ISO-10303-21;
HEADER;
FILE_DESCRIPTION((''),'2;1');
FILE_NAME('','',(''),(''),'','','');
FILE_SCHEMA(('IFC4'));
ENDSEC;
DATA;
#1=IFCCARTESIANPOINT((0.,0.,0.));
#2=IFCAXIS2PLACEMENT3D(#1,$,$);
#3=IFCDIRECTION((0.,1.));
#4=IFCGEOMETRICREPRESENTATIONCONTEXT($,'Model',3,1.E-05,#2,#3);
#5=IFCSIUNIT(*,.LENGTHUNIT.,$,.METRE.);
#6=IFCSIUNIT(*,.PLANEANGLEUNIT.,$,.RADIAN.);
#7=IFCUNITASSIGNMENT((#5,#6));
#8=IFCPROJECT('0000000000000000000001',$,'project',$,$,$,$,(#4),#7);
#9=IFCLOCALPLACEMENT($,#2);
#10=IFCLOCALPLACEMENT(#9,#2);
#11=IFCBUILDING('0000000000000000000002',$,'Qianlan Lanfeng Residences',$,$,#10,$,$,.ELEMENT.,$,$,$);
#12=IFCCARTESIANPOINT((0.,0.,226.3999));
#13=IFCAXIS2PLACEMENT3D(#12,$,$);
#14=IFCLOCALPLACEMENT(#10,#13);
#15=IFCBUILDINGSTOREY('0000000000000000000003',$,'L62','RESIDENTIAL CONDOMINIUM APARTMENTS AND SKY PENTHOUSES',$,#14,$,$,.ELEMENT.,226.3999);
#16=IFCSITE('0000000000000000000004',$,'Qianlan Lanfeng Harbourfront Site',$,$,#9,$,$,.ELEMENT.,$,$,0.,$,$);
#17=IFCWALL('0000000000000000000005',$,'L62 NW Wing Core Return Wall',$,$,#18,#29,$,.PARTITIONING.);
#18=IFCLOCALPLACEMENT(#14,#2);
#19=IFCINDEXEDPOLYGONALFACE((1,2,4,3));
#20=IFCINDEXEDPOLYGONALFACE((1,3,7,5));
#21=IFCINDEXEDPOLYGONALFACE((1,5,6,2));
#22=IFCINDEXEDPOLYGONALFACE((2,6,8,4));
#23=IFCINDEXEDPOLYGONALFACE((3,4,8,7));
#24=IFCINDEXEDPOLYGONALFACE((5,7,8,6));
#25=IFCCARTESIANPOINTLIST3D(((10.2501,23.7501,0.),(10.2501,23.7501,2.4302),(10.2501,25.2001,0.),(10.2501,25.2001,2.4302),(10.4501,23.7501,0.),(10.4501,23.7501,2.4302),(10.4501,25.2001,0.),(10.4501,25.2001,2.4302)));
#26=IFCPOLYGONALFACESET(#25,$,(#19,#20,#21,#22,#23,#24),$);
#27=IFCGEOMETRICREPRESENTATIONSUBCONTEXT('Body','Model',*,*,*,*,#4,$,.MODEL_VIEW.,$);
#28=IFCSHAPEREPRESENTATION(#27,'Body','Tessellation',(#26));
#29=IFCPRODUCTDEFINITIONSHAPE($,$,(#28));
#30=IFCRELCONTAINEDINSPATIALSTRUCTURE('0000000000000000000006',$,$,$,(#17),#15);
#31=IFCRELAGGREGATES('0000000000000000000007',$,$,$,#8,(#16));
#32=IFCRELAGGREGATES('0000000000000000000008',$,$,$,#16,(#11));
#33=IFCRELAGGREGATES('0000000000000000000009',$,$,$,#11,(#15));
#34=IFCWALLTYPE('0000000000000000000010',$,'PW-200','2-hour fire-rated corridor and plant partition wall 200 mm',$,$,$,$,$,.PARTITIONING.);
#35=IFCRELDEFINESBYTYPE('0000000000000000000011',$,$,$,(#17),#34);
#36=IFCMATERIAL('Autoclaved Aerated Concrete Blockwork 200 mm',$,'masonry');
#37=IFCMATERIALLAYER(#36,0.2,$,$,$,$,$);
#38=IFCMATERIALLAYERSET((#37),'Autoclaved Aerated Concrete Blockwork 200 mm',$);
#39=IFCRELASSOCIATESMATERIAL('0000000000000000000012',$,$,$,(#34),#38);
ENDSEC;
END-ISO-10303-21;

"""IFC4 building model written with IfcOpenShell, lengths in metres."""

from ifc_helpers import new_model, si_unit, direction, frame, frame_2d, origin, place, context, subcontext, project, spatial, rectangle, extrude, material, layer, layer_set, type_object, element, save


model = new_model("IFC4")

# Units and contexts
model_context = context("Model", 3, precision=1e-05, world=origin(), true_north=direction((0.0, 1.0)))
body_context = subcontext(model_context, "Body", "Model", "MODEL_VIEW")
ifc_project = project(units=[si_unit("LENGTHUNIT", "METRE"), si_unit("PLANEANGLEUNIT", "RADIAN")], contexts=[model_context])

# Site, building, storey
site_placement = place(None, origin())
site = spatial("IfcSite", under=ifc_project, at=site_placement, Name="Qianlan Lanfeng Harbourfront Site", CompositionType="ELEMENT", RefElevation=0.0)
building_placement = place(site_placement, origin())
building = spatial("IfcBuilding", under=site, at=building_placement, Name="Qianlan Lanfeng Residences", CompositionType="ELEMENT")
storey_placement = place(building_placement, frame((0.0, 0.0, 226.3999)))
storey = spatial("IfcBuildingStorey", under=building, at=storey_placement, Name="L62", Description="RESIDENTIAL CONDOMINIUM APARTMENTS AND SKY PENTHOUSES", CompositionType="ELEMENT", Elevation=226.3999)

# Shared definitions
ifc_material_1 = material(Name="Autoclaved Aerated Concrete Blockwork 200 mm", Category="masonry")
ifc_layer_1 = layer(ifc_material_1, 0.2)
ifc_layer_set_1 = layer_set([ifc_layer_1], Name="Autoclaved Aerated Concrete Blockwork 200 mm")
wall_type_1 = type_object("IfcWallType", Name="PW-200", Description="2-hour fire-rated corridor and plant partition wall 200 mm", PredefinedType="PARTITIONING", material=ifc_layer_set_1)

# Wall
wall_1_placement = place(storey_placement, frame((10.3501, 23.75, 0.0), z_axis=(0.0, 0.0, 1.0), x_axis=(0.0, 1.0, 0.0)))
element("IfcWall", 1, at=wall_1_placement, inside=storey, type_object=wall_type_1, Name="L62 NW Wing Core Return Wall", PredefinedType="PARTITIONING", context=body_context, shape_type="SweptSolid", body=[
    extrude(rectangle(XDim=1.45, YDim=0.2, at=frame_2d((0.7251, 0.0))), origin(), (0.0, 0.0, 1.0), 2.4302),
])

save(model, "model.ifc")
